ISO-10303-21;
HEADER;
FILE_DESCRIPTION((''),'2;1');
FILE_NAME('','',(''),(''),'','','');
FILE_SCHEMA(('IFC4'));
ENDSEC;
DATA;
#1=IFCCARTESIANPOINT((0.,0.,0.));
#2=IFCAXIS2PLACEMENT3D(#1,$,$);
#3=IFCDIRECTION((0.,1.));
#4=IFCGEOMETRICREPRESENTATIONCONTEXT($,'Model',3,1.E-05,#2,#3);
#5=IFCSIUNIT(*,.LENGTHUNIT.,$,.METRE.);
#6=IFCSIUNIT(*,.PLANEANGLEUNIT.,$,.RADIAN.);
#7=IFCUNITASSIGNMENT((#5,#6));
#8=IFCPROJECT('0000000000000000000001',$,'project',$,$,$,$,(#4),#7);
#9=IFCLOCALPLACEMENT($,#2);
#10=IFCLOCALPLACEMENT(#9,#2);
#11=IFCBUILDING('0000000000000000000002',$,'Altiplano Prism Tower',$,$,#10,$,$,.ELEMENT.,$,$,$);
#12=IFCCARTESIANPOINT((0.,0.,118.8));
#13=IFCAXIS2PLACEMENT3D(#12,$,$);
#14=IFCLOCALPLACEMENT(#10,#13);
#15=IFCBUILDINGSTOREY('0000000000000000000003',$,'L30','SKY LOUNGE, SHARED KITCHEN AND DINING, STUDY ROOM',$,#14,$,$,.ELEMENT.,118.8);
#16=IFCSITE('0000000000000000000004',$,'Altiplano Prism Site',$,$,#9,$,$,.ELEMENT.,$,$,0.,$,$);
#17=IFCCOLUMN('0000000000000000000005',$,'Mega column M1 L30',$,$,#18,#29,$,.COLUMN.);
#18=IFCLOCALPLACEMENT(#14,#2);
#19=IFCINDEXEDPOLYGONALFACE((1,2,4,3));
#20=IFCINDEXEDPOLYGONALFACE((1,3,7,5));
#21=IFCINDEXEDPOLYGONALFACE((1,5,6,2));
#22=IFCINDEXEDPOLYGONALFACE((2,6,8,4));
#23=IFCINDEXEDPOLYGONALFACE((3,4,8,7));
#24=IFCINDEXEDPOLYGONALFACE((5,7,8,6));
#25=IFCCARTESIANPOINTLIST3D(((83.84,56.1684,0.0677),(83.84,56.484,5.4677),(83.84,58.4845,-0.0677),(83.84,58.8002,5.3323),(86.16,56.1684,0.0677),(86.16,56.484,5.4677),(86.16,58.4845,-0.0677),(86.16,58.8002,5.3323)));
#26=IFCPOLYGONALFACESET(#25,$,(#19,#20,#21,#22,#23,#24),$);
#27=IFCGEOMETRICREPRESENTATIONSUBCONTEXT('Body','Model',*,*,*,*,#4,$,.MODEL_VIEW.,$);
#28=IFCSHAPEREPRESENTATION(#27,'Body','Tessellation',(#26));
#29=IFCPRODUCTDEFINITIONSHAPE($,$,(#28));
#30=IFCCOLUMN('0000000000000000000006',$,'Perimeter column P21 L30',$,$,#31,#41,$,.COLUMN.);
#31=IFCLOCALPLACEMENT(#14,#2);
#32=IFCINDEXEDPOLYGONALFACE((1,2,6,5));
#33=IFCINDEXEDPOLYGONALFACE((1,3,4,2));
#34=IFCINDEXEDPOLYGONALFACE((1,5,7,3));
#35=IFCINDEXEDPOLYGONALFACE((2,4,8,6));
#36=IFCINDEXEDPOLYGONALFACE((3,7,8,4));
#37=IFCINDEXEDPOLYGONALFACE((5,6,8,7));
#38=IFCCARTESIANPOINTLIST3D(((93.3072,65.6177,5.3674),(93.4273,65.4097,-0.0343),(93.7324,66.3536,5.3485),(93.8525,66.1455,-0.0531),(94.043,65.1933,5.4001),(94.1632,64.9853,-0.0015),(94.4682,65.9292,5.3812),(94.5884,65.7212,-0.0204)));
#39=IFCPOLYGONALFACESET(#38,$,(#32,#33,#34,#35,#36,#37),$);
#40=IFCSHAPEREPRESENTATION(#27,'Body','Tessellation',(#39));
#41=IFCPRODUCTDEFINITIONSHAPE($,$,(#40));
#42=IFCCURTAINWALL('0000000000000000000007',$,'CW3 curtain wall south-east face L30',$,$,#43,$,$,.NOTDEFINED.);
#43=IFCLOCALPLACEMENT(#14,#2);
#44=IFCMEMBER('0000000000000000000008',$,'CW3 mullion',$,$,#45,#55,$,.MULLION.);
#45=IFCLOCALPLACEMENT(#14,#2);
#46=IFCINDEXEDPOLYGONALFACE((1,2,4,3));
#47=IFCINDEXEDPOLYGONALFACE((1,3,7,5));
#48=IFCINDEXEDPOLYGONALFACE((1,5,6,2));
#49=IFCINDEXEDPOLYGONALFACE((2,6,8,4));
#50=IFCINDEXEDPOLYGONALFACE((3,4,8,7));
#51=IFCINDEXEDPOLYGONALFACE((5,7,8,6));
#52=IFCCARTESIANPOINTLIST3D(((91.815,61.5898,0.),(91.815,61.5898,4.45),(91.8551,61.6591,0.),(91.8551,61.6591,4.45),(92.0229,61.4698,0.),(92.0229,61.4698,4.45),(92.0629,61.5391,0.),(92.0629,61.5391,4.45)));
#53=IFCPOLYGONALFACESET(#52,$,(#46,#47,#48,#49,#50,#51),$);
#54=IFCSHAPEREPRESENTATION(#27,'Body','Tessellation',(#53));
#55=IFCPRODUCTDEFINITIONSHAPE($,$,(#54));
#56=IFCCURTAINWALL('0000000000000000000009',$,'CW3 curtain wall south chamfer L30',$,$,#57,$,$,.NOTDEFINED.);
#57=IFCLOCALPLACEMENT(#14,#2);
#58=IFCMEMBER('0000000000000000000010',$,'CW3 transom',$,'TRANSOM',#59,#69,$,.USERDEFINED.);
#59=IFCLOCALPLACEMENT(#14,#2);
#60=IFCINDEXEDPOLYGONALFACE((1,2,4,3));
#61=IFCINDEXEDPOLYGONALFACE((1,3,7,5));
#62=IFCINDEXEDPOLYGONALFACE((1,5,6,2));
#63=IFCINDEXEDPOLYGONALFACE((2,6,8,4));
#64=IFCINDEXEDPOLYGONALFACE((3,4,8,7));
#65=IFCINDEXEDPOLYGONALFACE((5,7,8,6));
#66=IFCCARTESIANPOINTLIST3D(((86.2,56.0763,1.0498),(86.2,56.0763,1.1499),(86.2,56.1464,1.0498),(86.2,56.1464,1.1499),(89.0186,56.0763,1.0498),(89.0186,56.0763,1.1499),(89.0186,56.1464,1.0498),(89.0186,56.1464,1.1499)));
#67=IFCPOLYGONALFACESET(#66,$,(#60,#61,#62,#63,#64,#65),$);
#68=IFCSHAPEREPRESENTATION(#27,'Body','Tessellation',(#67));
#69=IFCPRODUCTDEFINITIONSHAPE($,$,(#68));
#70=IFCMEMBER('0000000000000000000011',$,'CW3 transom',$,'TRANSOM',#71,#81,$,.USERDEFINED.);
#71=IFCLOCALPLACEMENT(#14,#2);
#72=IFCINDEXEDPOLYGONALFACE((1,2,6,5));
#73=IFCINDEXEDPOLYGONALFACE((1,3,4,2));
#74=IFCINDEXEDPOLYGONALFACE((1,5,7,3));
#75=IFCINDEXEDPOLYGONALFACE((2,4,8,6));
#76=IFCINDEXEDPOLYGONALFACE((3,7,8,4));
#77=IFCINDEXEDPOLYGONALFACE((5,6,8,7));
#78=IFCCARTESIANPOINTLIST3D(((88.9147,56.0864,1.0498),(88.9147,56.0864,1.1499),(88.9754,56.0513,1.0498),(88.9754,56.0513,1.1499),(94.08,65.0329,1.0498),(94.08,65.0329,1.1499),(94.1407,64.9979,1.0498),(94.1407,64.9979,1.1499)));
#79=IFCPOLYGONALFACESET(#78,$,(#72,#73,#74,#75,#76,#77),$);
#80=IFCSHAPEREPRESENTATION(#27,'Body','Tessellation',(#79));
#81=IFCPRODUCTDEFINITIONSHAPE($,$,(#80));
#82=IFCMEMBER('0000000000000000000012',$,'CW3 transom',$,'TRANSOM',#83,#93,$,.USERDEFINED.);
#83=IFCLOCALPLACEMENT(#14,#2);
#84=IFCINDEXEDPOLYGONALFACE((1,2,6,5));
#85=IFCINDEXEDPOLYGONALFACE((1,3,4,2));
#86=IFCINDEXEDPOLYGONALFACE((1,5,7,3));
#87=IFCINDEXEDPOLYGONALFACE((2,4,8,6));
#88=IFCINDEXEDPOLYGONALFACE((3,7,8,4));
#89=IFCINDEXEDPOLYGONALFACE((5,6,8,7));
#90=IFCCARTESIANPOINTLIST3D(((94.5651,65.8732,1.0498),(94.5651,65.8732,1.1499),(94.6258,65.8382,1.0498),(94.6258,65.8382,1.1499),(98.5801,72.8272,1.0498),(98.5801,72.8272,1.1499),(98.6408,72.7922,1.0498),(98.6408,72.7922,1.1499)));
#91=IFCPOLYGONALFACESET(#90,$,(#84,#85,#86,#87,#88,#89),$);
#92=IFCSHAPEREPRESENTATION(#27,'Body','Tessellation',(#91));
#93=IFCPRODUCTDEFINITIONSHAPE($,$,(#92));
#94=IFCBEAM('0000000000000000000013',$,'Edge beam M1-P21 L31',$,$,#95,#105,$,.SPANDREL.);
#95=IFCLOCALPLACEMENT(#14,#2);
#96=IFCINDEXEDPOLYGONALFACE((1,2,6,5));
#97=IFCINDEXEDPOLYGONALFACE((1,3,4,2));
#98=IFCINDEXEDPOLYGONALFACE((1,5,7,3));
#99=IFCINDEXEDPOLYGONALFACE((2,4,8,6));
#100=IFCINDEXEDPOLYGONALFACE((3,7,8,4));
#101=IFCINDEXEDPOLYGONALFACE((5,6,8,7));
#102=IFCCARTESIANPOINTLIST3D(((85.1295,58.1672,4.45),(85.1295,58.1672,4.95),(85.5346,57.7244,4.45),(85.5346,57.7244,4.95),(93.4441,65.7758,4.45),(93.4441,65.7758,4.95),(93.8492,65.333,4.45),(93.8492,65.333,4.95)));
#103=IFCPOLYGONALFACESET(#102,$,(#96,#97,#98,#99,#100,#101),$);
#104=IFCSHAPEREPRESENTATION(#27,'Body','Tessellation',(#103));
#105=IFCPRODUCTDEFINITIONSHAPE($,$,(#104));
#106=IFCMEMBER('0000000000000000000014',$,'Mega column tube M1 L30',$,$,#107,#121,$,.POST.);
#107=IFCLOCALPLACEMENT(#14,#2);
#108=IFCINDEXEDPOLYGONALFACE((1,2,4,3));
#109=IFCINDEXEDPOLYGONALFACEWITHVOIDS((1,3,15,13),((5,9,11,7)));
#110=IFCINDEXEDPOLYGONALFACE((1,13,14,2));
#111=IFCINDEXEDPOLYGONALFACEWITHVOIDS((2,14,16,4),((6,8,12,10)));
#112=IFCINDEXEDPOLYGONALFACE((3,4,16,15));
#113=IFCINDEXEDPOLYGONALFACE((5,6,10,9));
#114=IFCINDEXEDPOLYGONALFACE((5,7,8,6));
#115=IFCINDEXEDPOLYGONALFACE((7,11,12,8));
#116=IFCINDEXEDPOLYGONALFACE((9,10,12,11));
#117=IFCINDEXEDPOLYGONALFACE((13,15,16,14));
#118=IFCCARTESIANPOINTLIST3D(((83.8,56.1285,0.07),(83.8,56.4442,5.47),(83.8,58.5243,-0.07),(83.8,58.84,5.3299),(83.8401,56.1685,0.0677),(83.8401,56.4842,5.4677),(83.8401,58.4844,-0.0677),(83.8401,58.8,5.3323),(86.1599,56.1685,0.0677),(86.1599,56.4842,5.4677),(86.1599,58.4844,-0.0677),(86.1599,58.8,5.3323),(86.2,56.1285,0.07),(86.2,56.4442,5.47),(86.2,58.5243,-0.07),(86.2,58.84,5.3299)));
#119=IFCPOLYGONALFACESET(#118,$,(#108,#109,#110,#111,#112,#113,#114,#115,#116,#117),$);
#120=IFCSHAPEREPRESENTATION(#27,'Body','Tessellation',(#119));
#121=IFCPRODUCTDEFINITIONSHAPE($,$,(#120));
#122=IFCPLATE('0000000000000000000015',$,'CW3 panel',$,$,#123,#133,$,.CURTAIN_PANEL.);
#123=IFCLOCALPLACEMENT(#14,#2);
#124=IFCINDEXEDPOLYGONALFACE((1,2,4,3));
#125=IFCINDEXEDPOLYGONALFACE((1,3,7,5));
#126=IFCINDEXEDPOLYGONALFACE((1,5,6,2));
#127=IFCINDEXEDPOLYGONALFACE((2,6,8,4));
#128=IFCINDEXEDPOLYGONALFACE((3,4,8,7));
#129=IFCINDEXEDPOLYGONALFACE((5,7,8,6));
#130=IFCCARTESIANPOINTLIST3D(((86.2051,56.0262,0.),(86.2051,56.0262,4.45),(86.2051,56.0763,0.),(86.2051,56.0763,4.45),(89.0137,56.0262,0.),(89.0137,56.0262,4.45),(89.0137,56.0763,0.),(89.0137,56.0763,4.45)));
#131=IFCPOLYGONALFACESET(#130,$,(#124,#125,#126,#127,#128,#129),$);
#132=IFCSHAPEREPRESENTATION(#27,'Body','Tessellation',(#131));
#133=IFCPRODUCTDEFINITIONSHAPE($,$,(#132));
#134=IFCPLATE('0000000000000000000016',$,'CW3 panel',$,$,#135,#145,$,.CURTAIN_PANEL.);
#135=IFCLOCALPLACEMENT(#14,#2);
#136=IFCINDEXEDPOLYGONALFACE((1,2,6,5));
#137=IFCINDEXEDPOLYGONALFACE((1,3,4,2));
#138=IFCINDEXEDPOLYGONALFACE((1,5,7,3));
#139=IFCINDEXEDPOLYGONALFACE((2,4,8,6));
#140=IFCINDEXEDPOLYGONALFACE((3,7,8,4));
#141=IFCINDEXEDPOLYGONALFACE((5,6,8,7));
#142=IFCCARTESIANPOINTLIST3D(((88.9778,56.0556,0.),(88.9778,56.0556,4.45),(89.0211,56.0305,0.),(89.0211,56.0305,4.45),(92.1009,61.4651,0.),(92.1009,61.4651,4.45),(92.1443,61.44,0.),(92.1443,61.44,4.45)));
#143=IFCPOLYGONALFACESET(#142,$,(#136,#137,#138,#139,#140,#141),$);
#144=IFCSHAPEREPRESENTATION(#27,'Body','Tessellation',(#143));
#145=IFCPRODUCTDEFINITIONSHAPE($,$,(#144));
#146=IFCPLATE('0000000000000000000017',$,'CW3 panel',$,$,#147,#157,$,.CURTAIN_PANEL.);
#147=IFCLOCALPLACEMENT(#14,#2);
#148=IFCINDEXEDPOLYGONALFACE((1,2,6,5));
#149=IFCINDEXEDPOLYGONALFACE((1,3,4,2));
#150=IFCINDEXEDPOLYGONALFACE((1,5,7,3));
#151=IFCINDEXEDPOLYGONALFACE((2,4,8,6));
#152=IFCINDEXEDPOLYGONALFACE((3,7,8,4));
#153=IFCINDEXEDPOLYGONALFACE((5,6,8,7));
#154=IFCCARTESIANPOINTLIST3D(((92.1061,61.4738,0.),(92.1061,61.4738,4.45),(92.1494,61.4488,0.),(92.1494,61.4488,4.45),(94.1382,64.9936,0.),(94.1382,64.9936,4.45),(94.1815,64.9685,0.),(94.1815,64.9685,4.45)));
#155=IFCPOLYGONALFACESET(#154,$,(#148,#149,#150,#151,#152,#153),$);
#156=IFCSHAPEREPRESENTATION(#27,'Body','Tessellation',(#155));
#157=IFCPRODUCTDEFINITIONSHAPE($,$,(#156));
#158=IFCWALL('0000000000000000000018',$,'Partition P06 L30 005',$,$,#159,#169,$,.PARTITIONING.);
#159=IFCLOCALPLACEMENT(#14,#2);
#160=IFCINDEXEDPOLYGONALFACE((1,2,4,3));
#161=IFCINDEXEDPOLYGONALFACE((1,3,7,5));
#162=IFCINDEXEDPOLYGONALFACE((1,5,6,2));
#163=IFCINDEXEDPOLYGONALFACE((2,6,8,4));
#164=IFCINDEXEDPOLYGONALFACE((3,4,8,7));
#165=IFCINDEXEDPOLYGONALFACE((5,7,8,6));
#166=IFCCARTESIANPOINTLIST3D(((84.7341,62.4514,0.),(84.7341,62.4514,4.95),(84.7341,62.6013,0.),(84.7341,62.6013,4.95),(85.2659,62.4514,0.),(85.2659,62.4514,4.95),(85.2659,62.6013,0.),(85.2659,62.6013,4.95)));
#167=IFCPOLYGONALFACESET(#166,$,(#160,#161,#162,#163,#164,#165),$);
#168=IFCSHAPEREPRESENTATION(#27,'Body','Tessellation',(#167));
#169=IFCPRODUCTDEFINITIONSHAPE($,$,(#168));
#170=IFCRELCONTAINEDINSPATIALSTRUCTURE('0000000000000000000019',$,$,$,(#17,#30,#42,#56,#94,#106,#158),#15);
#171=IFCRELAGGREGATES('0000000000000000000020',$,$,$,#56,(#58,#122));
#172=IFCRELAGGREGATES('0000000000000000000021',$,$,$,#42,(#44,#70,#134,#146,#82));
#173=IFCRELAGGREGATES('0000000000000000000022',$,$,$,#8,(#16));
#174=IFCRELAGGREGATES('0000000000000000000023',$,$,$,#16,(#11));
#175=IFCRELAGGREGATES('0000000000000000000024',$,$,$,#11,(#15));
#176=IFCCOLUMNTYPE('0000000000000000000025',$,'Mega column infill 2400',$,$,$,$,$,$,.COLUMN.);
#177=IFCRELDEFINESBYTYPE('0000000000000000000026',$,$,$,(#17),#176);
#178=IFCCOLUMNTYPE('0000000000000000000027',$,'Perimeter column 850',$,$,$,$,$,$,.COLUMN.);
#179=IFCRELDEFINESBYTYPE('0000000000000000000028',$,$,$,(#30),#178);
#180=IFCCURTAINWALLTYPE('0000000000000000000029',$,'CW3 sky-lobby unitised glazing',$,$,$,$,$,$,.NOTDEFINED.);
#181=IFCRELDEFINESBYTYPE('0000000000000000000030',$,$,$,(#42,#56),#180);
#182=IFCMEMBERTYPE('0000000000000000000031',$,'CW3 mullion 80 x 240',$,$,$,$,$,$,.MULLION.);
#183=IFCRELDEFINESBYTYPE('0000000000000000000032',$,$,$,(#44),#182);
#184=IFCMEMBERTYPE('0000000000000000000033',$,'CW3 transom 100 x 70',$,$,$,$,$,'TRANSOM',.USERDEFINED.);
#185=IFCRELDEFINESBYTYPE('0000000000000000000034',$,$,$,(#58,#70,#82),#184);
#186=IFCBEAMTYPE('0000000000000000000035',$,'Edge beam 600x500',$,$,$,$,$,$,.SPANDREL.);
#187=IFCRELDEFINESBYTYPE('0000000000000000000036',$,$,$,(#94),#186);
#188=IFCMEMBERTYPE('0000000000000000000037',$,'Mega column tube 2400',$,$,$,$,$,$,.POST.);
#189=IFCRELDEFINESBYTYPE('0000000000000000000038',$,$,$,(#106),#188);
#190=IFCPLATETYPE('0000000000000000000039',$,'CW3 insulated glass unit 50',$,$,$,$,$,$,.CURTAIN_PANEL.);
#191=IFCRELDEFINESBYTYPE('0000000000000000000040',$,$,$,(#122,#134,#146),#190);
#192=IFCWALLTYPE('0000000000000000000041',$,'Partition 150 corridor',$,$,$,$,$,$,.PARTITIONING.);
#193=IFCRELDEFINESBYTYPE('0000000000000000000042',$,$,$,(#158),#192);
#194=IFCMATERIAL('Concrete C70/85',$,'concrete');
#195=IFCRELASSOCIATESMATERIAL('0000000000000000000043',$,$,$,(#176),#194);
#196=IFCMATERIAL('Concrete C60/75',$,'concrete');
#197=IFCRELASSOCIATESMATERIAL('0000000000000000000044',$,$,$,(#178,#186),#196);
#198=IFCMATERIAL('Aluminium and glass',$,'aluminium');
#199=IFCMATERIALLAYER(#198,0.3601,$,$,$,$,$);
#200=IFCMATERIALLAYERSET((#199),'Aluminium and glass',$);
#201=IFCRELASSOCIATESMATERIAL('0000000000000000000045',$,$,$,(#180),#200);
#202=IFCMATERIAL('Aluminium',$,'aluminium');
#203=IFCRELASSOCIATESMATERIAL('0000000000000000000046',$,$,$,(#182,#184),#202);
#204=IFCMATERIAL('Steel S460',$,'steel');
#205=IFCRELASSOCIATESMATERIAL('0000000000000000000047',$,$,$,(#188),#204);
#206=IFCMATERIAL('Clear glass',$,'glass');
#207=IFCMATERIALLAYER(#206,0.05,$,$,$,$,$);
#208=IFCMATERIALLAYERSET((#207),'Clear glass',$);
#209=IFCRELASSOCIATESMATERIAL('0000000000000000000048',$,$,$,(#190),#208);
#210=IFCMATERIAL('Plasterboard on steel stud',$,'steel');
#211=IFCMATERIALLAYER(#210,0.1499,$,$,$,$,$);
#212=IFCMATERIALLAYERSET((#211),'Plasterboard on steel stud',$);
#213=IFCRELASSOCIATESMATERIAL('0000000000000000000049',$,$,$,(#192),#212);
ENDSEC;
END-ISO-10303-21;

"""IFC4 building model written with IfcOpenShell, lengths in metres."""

from ifc_helpers import new_model, si_unit, direction, frame, frame_2d, origin, origin_2d, place, context, subcontext, project, spatial, rectangle, hollow_rectangle, extrude, material, layer, layer_set, material_profile, profile_set, type_object, element, aggregate, save


model = new_model("IFC4")

# Units and contexts
model_context = context("Model", 3, precision=1e-05, world=origin(), true_north=direction((0.0, 1.0)))
body_context = subcontext(model_context, "Body", "Model", "MODEL_VIEW")
ifc_project = project(units=[si_unit("LENGTHUNIT", "METRE"), si_unit("PLANEANGLEUNIT", "RADIAN")], contexts=[model_context])

# Site, building, storey
site_placement = place(None, origin())
site = spatial("IfcSite", under=ifc_project, at=site_placement, Name="Altiplano Prism Site", CompositionType="ELEMENT", RefElevation=0.0)
building_placement = place(site_placement, origin())
building = spatial("IfcBuilding", under=site, at=building_placement, Name="Altiplano Prism Tower", CompositionType="ELEMENT")
storey_placement = place(building_placement, frame((0.0, 0.0, 118.8)))
storey = spatial("IfcBuildingStorey", under=building, at=storey_placement, Name="L30", Description="SKY LOUNGE, SHARED KITCHEN AND DINING, STUDY ROOM", CompositionType="ELEMENT", Elevation=118.8)

# Columns
ifc_material_1 = material(Name="Concrete C70/85", Category="concrete")
ifc_material_profile_1 = material_profile(ifc_material_1, rectangle(XDim=2.3201, YDim=2.3201, at=origin_2d()), Name="Mega column infill 2400")
ifc_profile_set_1 = profile_set([ifc_material_profile_1], Name="Concrete C70/85")
column_type_1 = type_object("IfcColumnType", Name="Mega column infill 2400", PredefinedType="COLUMN", material=ifc_profile_set_1)
column_1_placement = place(storey_placement, frame((85.0, 57.3264, 0.0), z_axis=(0.0, 0.05836, 0.998296), x_axis=(-1.0, 0.0, 0.0)))
element("IfcColumn", 1, at=column_1_placement, inside=storey, type_object=column_type_1, Name="Mega column M1 L30", PredefinedType="COLUMN", context=body_context, shape_type="SweptSolid", body=[
    extrude(rectangle(XDim=2.3201, YDim=2.3201, at=origin_2d()), origin(), (0.0, 0.0, 1.0), 5.4092),
])
ifc_material_2 = material(Name="Concrete C60/75", Category="concrete")
ifc_material_profile_2 = material_profile(ifc_material_2, rectangle(XDim=0.8501, YDim=0.8501, at=origin_2d()), Name="Perimeter column 850")
ifc_profile_set_2 = profile_set([ifc_material_profile_2], Name="Concrete C60/75")
column_type_2 = type_object("IfcColumnType", Name="Perimeter column 850", PredefinedType="COLUMN", material=ifc_profile_set_2)
column_2_placement = place(storey_placement, frame((94.0078, 65.5654, -0.0273), z_axis=(-0.022215, 0.03847, 0.999013), x_axis=(-0.500174, -0.86564, 0.022212)))
element("IfcColumn", 2, at=column_2_placement, inside=storey, type_object=column_type_2, Name="Perimeter column P21 L30", PredefinedType="COLUMN", context=body_context, shape_type="SweptSolid", body=[
    extrude(rectangle(XDim=0.8501, YDim=0.8501, at=origin_2d()), origin(), (0.0, 0.0, 1.0), 5.407),
])

# Curtain walls, members
ifc_material_3 = material(Name="Aluminium and glass", Category="aluminium")
ifc_layer_1 = layer(ifc_material_3, 0.3601)
ifc_layer_set_1 = layer_set([ifc_layer_1], Name="Aluminium and glass")
curtain_wall_type = type_object("IfcCurtainWallType", Name="CW3 sky-lobby unitised glazing", PredefinedType="NOTDEFINED", material=ifc_layer_set_1)
curtain_wall_1_placement = place(storey_placement, origin())
curtain_wall_1 = element("IfcCurtainWall", 3, at=curtain_wall_1_placement, inside=storey, type_object=curtain_wall_type, Name="CW3 curtain wall south-east face L30", PredefinedType="NOTDEFINED")
ifc_material_4 = material(Name="Aluminium", Category="aluminium")
ifc_material_profile_3 = material_profile(ifc_material_4, rectangle(XDim=0.24, YDim=0.0801, at=origin_2d()), Name="CW3 mullion 80 x 240")
ifc_profile_set_3 = profile_set([ifc_material_profile_3], Name="Aluminium")
member_type_1 = type_object("IfcMemberType", Name="CW3 mullion 80 x 240", PredefinedType="MULLION", material=ifc_profile_set_3)
member_1_placement = place(storey_placement, frame((91.939, 61.5645, 0.0), z_axis=(0.0, 0.0, 1.0), x_axis=(-0.866025, 0.5, 0.0)))
member_1 = element("IfcMember", 4, at=member_1_placement, type_object=member_type_1, Name="CW3 mullion", PredefinedType="MULLION", context=body_context, shape_type="SweptSolid", body=[
    extrude(rectangle(XDim=0.24, YDim=0.0801, at=origin_2d()), origin(), (0.0, 0.0, 1.0), 4.45),
])
curtain_wall_2_placement = place(storey_placement, origin())
curtain_wall_2 = element("IfcCurtainWall", 5, at=curtain_wall_2_placement, inside=storey, type_object=curtain_wall_type, Name="CW3 curtain wall south chamfer L30", PredefinedType="NOTDEFINED")
ifc_material_profile_4 = material_profile(ifc_material_4, rectangle(XDim=0.0701, YDim=0.1001, at=origin_2d()), Name="CW3 transom 100 x 70")
ifc_profile_set_4 = profile_set([ifc_material_profile_4], Name="Aluminium")
member_type_2 = type_object("IfcMemberType", Name="CW3 transom 100 x 70", ElementType="TRANSOM", PredefinedType="USERDEFINED", material=ifc_profile_set_4)
member_2_placement = place(storey_placement, frame((86.2, 56.1113, 1.0999), z_axis=(1.0, 0.0, 0.0), x_axis=(0.0, 1.0, 0.0)))
member_2 = element("IfcMember", 6, at=member_2_placement, type_object=member_type_2, Name="CW3 transom", ObjectType="TRANSOM", PredefinedType="USERDEFINED", context=body_context, shape_type="SweptSolid", body=[
    extrude(rectangle(XDim=0.0701, YDim=0.1001, at=origin_2d()), origin(), (0.0, 0.0, 1.0), 2.8186),
])

# Members
member_3_placement = place(storey_placement, frame((88.9451, 56.0688, 1.0999), z_axis=(0.5, 0.866025, 0.0), x_axis=(-0.866025, 0.5, 0.0)))
member_3 = element("IfcMember", 7, at=member_3_placement, type_object=member_type_2, Name="CW3 transom", ObjectType="TRANSOM", PredefinedType="USERDEFINED", context=body_context, shape_type="SweptSolid", body=[
    extrude(rectangle(XDim=0.0701, YDim=0.1001, at=origin_2d()), origin(), (0.0, 0.0, 1.0), 10.3306),
])
member_4_placement = place(storey_placement, frame((94.5955, 65.8557, 1.0999), z_axis=(0.500008, 0.866021, 0.0), x_axis=(-0.866021, 0.500008, 0.0)))
member_4 = element("IfcMember", 8, at=member_4_placement, type_object=member_type_2, Name="CW3 transom", ObjectType="TRANSOM", PredefinedType="USERDEFINED", context=body_context, shape_type="SweptSolid", body=[
    extrude(rectangle(XDim=0.0701, YDim=0.1001, at=origin_2d()), origin(), (0.0, 0.0, 1.0), 8.0298),
])

# Beam
ifc_material_profile_5 = material_profile(ifc_material_2, rectangle(XDim=0.6001, YDim=0.5, at=origin_2d()), Name="Edge beam 600x500")
ifc_profile_set_5 = profile_set([ifc_material_profile_5], Name="Concrete C60/75")
beam_type = type_object("IfcBeamType", Name="Edge beam 600x500", PredefinedType="SPANDREL", material=ifc_profile_set_5)
beam_placement = place(storey_placement, frame((85.332, 57.9458, 4.7), z_axis=(0.737736, 0.67509, 0.0), x_axis=(-0.67509, 0.737736, 0.0)))
element("IfcBeam", 9, at=beam_placement, inside=storey, type_object=beam_type, Name="Edge beam M1-P21 L31", PredefinedType="SPANDREL", context=body_context, shape_type="SweptSolid", body=[
    extrude(rectangle(XDim=0.6001, YDim=0.5, at=origin_2d()), origin(), (0.0, 0.0, 1.0), 11.2705),
])

# Member
ifc_material_5 = material(Name="Steel S460", Category="steel")
ifc_material_profile_6 = material_profile(ifc_material_5, hollow_rectangle(XDim=2.3999, YDim=2.3999, WallThickness=0.04, at=origin_2d()), Name="Mega column tube 2400")
ifc_profile_set_6 = profile_set([ifc_material_profile_6], Name="Steel S460")
member_type_3 = type_object("IfcMemberType", Name="Mega column tube 2400", PredefinedType="POST", material=ifc_profile_set_6)
member_5_placement = place(storey_placement, frame((85.0, 57.3264, 0.0), z_axis=(0.0, 0.05836, 0.998296), x_axis=(-1.0, 0.0, 0.0)))
element("IfcMember", 10, at=member_5_placement, inside=storey, type_object=member_type_3, Name="Mega column tube M1 L30", PredefinedType="POST", context=body_context, shape_type="SweptSolid", body=[
    extrude(hollow_rectangle(XDim=2.3999, YDim=2.3999, WallThickness=0.04, at=origin_2d()), origin(), (0.0, 0.0, 1.0), 5.4092),
])

# Plates
ifc_material_6 = material(Name="Clear glass", Category="glass")
ifc_layer_2 = layer(ifc_material_6, 0.05)
ifc_layer_set_2 = layer_set([ifc_layer_2], Name="Clear glass")
plate_type = type_object("IfcPlateType", Name="CW3 insulated glass unit 50", PredefinedType="CURTAIN_PANEL", material=ifc_layer_set_2)
plate_1_placement = place(storey_placement, frame((87.6094, 56.0513, 0.0), z_axis=(0.0, 0.0, 1.0), x_axis=(1.0, 0.0, 0.0)))
plate_1 = element("IfcPlate", 11, at=plate_1_placement, type_object=plate_type, Name="CW3 panel", PredefinedType="CURTAIN_PANEL", context=body_context, shape_type="SweptSolid", body=[
    extrude(rectangle(XDim=2.8086, YDim=0.05, at=origin_2d()), origin(), (0.0, 0.0, 1.0), 4.45),
])
aggregate(curtain_wall_2, [member_2, plate_1])
plate_2_placement = place(storey_placement, frame((90.561, 58.7478, 0.0), z_axis=(0.0, 0.0, 1.0), x_axis=(0.5, 0.866025, 0.0)))
plate_2 = element("IfcPlate", 12, at=plate_2_placement, type_object=plate_type, Name="CW3 panel", PredefinedType="CURTAIN_PANEL", context=body_context, shape_type="SweptSolid", body=[
    extrude(rectangle(XDim=6.2463, YDim=0.05, at=origin_2d()), origin(), (0.0, 0.0, 1.0), 4.45),
])
plate_3_placement = place(storey_placement, frame((93.1438, 63.2212, 0.0), z_axis=(0.0, 0.0, 1.0), x_axis=(0.5, 0.866025, 0.0)))
plate_3 = element("IfcPlate", 13, at=plate_3_placement, type_object=plate_type, Name="CW3 panel", PredefinedType="CURTAIN_PANEL", context=body_context, shape_type="SweptSolid", body=[
    extrude(rectangle(XDim=4.0642, YDim=0.05, at=origin_2d()), origin(), (0.0, 0.0, 1.0), 4.45),
])
aggregate(curtain_wall_1, [member_1, member_3, plate_2, plate_3, member_4])

# Wall
ifc_material_7 = material(Name="Plasterboard on steel stud", Category="steel")
ifc_layer_3 = layer(ifc_material_7, 0.1499)
ifc_layer_set_3 = layer_set([ifc_layer_3], Name="Plasterboard on steel stud")
wall_type_1 = type_object("IfcWallType", Name="Partition 150 corridor", PredefinedType="PARTITIONING", material=ifc_layer_set_3)
wall_1_placement = place(storey_placement, frame((84.7341, 62.5264, 0.0), z_axis=(0.0, 0.0, 1.0), x_axis=(1.0, 0.0, 0.0)))
element("IfcWall", 14, at=wall_1_placement, inside=storey, type_object=wall_type_1, Name="Partition P06 L30 005", PredefinedType="PARTITIONING", context=body_context, shape_type="SweptSolid", body=[
    extrude(rectangle(XDim=0.5317, YDim=0.1499, at=frame_2d((0.2659, 0.0))), origin(), (0.0, 0.0, 1.0), 4.95),
])

save(model, "model.ifc")
